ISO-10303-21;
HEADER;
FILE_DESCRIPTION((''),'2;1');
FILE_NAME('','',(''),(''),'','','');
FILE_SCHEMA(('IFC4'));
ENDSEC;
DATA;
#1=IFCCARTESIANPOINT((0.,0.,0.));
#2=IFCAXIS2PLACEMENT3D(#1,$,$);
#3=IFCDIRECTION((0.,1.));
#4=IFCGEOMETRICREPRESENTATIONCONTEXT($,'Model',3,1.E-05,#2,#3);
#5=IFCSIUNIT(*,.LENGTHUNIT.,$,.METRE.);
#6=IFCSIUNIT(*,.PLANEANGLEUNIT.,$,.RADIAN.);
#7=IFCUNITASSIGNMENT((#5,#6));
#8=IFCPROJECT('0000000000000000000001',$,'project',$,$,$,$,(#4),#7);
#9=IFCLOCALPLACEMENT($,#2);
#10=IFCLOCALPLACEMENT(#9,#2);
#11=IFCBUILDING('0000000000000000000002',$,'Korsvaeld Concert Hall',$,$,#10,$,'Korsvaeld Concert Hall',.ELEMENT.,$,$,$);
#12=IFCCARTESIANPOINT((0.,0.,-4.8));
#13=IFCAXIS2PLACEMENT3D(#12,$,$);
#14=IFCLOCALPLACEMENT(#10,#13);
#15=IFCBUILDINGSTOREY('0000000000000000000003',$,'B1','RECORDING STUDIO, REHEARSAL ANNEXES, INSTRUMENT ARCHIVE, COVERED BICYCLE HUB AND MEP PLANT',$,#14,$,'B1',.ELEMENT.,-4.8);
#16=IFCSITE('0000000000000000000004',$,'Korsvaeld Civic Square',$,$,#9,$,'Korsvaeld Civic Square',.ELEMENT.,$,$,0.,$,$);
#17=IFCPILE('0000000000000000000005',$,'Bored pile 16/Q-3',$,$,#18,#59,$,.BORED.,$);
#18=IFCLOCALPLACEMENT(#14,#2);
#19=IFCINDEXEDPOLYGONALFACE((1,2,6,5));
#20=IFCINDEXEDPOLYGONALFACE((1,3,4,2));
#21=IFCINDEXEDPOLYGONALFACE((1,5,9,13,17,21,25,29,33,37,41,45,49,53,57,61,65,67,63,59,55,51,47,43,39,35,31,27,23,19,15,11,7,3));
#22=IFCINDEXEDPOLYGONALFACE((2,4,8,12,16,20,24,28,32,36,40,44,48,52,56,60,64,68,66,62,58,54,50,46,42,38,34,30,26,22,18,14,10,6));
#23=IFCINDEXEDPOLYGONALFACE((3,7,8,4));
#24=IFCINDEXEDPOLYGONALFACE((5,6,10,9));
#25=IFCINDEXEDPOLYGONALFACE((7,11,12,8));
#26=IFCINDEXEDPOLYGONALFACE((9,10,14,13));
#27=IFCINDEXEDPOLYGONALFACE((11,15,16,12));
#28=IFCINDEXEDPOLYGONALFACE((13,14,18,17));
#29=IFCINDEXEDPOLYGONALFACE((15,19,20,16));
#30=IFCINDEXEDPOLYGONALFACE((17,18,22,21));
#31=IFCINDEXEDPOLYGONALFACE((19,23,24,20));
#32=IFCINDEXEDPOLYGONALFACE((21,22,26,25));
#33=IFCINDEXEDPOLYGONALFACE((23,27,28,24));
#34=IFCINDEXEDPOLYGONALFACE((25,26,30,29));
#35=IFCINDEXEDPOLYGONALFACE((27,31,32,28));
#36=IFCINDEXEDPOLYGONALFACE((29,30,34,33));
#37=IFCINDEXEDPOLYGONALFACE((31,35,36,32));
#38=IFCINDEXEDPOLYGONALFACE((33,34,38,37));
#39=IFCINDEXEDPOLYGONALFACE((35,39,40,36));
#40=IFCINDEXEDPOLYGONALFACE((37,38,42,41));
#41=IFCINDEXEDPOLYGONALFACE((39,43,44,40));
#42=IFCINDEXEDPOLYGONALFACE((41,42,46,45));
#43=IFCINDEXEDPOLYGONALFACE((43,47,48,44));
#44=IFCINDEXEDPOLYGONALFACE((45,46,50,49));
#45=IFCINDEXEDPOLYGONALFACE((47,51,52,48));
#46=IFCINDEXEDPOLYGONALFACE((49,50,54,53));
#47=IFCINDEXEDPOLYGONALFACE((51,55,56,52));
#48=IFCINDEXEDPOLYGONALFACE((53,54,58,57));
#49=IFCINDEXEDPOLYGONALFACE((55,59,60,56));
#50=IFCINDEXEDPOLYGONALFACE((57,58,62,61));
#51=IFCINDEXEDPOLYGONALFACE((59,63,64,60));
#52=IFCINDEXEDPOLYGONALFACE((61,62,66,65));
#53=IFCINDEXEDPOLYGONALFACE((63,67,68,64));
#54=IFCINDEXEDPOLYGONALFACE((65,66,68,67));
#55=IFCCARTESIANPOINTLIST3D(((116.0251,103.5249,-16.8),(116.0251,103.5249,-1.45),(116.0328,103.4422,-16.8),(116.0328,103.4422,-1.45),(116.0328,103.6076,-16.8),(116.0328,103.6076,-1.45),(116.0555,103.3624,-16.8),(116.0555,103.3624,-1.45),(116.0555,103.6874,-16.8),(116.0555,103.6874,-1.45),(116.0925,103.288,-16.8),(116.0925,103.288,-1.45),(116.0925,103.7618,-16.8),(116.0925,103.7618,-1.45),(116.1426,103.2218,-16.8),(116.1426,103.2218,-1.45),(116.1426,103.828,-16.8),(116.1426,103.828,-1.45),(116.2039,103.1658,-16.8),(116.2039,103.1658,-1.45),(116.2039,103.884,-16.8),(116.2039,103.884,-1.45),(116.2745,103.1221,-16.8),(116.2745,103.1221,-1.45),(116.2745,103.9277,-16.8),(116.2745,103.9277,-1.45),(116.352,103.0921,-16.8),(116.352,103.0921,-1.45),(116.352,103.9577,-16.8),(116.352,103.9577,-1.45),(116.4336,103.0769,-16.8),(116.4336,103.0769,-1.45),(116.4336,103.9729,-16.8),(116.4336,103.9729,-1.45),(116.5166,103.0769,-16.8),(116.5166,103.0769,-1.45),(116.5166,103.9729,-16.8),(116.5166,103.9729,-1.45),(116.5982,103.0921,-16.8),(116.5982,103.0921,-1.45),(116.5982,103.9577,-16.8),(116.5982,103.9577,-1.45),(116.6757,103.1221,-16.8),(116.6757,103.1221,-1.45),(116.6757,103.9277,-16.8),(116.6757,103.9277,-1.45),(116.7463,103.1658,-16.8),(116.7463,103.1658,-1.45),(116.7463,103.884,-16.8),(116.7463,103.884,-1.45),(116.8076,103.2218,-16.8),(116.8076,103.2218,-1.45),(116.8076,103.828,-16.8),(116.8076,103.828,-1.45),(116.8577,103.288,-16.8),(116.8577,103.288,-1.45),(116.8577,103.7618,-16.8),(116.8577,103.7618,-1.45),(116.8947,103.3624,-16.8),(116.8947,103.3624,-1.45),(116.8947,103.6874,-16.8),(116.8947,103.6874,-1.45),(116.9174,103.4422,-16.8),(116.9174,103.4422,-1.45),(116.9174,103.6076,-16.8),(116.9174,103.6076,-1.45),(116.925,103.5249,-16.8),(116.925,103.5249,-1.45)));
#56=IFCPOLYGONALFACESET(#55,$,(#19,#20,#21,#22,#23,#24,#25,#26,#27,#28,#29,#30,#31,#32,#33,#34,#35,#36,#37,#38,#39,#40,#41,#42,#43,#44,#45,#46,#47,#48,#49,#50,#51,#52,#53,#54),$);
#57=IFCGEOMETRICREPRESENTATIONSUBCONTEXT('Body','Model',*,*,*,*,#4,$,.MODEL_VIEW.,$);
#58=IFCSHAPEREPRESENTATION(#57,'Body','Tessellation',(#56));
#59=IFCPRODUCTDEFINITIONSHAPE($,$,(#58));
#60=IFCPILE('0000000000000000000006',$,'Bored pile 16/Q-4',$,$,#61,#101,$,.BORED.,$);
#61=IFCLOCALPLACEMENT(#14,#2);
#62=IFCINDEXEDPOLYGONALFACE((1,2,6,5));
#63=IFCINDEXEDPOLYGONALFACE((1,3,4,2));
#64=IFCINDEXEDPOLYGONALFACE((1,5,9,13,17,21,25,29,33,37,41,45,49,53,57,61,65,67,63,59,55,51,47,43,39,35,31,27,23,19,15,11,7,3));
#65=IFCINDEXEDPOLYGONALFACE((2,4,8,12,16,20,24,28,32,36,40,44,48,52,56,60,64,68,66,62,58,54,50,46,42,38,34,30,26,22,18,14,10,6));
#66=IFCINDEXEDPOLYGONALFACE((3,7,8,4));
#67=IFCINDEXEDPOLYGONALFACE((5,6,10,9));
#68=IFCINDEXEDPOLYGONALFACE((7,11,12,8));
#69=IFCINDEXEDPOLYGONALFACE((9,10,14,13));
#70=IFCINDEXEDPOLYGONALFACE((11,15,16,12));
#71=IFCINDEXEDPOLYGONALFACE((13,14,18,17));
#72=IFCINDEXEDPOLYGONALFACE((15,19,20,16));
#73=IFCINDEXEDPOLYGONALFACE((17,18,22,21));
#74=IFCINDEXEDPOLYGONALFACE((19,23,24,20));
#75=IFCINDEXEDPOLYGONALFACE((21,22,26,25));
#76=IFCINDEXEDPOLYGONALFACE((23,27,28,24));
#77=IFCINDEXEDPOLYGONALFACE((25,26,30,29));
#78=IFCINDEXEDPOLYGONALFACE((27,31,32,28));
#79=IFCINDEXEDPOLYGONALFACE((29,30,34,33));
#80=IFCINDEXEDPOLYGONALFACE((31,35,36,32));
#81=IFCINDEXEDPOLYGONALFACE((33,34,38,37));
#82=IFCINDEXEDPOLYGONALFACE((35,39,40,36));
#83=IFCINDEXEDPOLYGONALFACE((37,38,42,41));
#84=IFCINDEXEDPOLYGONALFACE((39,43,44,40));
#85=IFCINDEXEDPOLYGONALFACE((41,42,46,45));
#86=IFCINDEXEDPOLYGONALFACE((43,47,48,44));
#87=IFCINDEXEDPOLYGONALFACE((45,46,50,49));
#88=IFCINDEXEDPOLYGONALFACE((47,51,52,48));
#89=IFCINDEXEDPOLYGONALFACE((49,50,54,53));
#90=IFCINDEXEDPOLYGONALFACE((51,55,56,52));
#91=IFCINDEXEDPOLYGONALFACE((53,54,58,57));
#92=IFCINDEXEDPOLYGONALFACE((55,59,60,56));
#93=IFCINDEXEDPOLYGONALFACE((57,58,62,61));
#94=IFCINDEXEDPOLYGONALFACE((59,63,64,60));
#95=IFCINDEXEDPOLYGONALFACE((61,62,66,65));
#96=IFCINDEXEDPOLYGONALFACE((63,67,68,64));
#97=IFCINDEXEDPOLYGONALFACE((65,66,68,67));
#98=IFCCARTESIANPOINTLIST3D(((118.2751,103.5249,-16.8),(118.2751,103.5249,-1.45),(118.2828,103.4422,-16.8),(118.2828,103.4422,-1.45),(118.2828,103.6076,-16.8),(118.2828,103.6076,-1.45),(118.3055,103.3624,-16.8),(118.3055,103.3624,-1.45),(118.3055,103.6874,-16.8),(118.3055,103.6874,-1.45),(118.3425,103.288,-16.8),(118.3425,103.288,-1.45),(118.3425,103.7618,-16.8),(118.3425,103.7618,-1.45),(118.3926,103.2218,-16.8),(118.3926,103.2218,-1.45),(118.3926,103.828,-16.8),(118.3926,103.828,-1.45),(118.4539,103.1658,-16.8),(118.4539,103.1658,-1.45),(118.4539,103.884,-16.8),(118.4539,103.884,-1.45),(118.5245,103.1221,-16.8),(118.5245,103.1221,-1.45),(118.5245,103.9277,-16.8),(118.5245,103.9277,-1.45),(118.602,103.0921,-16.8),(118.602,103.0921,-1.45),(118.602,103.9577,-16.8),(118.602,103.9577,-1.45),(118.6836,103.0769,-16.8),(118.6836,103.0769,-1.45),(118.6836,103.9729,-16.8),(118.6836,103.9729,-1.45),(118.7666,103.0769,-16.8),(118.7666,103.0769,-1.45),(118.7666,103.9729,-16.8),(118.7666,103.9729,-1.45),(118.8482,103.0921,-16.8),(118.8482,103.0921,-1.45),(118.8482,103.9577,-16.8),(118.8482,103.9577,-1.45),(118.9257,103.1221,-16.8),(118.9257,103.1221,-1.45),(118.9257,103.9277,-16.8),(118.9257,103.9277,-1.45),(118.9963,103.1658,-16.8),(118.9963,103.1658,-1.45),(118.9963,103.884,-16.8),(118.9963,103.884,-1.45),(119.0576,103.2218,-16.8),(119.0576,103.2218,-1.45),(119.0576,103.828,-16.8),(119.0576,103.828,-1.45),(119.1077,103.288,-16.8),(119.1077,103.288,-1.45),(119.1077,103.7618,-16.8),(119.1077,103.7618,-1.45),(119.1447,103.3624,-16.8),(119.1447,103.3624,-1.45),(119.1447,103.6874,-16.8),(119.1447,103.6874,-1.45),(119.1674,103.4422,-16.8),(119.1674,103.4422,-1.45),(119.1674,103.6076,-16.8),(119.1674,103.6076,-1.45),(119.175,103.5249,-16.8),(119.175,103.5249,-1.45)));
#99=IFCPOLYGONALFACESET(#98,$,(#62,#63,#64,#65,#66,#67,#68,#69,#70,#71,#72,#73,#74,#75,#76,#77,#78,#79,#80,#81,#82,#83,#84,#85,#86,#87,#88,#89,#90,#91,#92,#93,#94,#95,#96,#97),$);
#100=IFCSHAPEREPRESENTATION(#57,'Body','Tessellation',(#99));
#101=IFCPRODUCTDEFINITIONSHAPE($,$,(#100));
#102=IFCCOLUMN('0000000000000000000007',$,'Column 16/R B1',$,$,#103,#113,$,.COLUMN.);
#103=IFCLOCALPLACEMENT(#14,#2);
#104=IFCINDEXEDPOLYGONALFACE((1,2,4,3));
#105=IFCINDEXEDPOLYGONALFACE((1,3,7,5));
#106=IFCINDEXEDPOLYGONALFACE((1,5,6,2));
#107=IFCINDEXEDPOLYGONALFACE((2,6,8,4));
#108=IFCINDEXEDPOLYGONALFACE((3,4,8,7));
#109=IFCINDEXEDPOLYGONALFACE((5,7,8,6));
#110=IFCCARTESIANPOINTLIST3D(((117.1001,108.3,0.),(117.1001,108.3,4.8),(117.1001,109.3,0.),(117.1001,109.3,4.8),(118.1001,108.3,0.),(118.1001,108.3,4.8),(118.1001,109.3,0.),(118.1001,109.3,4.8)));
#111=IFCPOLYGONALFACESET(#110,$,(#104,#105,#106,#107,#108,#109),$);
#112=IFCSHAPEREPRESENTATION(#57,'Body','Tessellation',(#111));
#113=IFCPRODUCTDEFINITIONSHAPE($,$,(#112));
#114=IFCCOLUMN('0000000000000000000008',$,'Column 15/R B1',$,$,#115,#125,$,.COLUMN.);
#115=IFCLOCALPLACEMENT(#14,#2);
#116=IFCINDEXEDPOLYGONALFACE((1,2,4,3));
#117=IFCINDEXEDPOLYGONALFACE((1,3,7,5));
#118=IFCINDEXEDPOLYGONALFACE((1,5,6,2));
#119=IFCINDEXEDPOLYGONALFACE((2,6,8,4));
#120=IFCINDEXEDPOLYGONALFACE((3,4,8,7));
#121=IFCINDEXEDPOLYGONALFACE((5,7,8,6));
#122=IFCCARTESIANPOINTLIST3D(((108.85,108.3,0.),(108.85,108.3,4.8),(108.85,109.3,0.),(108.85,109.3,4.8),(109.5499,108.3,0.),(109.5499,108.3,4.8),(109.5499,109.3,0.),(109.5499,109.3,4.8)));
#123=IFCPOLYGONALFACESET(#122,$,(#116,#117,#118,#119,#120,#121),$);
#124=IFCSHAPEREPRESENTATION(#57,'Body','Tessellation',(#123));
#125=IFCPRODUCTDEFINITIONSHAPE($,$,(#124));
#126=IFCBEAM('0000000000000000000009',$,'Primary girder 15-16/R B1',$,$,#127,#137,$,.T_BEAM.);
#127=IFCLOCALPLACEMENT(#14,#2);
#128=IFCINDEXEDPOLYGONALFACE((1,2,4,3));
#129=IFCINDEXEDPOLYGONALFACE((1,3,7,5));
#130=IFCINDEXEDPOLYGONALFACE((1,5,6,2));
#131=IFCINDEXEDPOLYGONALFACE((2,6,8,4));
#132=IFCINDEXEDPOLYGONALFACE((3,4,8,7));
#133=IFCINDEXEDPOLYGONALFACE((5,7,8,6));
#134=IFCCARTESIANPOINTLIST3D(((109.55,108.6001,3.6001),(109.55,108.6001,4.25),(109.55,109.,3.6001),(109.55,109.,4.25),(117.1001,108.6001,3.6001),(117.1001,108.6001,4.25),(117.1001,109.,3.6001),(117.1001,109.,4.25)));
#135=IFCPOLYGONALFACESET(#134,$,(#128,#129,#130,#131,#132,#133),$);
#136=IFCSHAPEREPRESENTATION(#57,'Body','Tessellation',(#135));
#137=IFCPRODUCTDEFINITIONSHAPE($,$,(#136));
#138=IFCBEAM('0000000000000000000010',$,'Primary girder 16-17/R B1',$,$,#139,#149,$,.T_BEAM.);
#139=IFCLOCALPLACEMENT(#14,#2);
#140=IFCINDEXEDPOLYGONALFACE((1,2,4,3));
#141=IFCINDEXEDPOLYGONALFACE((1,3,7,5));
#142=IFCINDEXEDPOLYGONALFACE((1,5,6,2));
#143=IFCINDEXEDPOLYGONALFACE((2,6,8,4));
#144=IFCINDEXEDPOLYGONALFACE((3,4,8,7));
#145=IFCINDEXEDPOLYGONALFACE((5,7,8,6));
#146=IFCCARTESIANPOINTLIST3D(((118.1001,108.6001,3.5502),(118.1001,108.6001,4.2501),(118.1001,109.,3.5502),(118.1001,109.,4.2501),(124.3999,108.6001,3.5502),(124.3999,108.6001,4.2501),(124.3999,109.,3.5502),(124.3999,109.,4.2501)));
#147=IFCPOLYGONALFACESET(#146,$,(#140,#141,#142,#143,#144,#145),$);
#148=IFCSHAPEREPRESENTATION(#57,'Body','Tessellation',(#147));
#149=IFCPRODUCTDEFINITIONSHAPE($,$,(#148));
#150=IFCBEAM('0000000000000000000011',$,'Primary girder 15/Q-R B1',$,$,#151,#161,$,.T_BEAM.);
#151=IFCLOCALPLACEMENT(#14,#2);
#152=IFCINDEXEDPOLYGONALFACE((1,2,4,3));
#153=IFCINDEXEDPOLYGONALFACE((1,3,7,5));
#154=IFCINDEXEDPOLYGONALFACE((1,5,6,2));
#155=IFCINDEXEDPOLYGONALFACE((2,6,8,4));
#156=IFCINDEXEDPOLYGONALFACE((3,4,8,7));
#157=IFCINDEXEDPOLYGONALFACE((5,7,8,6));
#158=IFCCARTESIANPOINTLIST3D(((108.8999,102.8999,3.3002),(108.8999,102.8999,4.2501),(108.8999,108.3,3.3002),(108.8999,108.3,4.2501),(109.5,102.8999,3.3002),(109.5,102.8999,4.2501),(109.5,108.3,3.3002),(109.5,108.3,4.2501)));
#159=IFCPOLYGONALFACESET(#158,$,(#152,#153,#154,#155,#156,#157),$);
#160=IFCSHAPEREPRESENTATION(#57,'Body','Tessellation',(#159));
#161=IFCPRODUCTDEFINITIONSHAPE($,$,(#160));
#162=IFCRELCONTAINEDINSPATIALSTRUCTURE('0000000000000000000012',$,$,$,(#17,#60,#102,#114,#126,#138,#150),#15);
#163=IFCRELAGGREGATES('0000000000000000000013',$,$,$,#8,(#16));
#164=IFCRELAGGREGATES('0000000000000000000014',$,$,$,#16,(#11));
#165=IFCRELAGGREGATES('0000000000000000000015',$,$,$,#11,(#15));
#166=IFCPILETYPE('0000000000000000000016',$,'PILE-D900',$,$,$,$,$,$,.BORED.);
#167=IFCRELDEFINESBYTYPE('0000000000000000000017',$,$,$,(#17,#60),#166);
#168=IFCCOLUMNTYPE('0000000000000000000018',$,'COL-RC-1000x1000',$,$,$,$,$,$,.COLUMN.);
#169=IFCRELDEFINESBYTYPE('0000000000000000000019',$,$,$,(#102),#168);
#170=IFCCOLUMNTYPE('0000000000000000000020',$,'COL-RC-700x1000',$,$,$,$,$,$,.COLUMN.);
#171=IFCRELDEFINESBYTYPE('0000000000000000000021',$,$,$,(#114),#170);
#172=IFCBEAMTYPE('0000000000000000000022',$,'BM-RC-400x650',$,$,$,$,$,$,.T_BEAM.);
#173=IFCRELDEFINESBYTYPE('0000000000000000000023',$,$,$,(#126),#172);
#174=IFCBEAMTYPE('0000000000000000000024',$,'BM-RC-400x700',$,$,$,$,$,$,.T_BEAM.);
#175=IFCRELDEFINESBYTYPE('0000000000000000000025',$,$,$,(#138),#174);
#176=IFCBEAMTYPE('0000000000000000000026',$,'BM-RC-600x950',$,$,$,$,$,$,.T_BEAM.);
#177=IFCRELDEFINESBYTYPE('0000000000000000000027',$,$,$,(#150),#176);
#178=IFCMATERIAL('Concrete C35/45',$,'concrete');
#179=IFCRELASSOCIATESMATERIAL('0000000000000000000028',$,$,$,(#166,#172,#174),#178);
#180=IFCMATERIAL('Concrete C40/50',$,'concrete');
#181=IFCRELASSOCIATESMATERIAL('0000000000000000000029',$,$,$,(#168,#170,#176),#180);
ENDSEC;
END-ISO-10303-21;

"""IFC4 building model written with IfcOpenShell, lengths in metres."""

from ifc_helpers import new_model, si_unit, direction, frame, origin, origin_2d, place, context, subcontext, project, spatial, rectangle, circle, extrude, material, material_profile, profile_set, type_object, element, save


model = new_model("IFC4")

# Units and contexts
model_context = context("Model", 3, precision=1e-05, world=origin(), true_north=direction((0.0, 1.0)))
body_context = subcontext(model_context, "Body", "Model", "MODEL_VIEW")
ifc_project = project(units=[si_unit("LENGTHUNIT", "METRE"), si_unit("PLANEANGLEUNIT", "RADIAN")], contexts=[model_context])

# Site, building, storey
site_placement = place(None, origin())
site = spatial("IfcSite", under=ifc_project, at=site_placement, Name="Korsvaeld Civic Square", LongName="Korsvaeld Civic Square", CompositionType="ELEMENT", RefElevation=0.0)
building_placement = place(site_placement, origin())
building = spatial("IfcBuilding", under=site, at=building_placement, Name="Korsvaeld Concert Hall", LongName="Korsvaeld Concert Hall", CompositionType="ELEMENT")
storey_placement = place(building_placement, frame((0.0, 0.0, -4.8)))
storey = spatial("IfcBuildingStorey", under=building, at=storey_placement, Name="B1", Description="RECORDING STUDIO, REHEARSAL ANNEXES, INSTRUMENT ARCHIVE, COVERED BICYCLE HUB AND MEP PLANT", LongName="B1", CompositionType="ELEMENT", Elevation=-4.8)

# Shared definitions
ifc_material_1 = material(Name="Concrete C35/45", Category="concrete")

# Piles
ifc_material_2 = material(Name="Concrete C40/50", Category="concrete")
ifc_material_profile_1 = material_profile(ifc_material_1, circle(Radius=0.45, at=origin_2d()), Name="BORED PILE D900")
ifc_profile_set_1 = profile_set([ifc_material_profile_1], Name="Concrete C35/45")
pile_type_1 = type_object("IfcPileType", Name="PILE-D900", PredefinedType="BORED", material=ifc_profile_set_1)
for number, where, z_axis, x_axis, name in (
    (1, (116.4751, 103.5249, -1.45), (0.0, 0.0, -1.0), (1.0, 0.0, 0.0), "Bored pile 16/Q-3"),
    (2, (118.7251, 103.5249, -1.45), (0.0, 0.0, -1.0), (1.0, 0.0, 0.0), "Bored pile 16/Q-4"),
):
    element("IfcPile", number, at=place(storey_placement, frame(where, z_axis=z_axis, x_axis=x_axis)), inside=storey, type_object=pile_type_1, Name=name, PredefinedType="BORED", context=body_context, shape_type="SweptSolid", body=[
        extrude(circle(Radius=0.45, at=origin_2d()), origin(), (0.0, 0.0, 1.0), 15.3501),
    ])

# Columns
ifc_material_profile_2 = material_profile(ifc_material_2, rectangle(XDim=1.0, YDim=1.0, at=origin_2d()), Name="RC 1000x1000")
ifc_profile_set_2 = profile_set([ifc_material_profile_2], Name="Concrete C40/50")
column_type_1 = type_object("IfcColumnType", Name="COL-RC-1000x1000", PredefinedType="COLUMN", material=ifc_profile_set_2)
column_1_placement = place(storey_placement, frame((117.6001, 108.8, 0.0), z_axis=(0.0, 0.0, 1.0), x_axis=(1.0, 0.0, 0.0)))
element("IfcColumn", 3, at=column_1_placement, inside=storey, type_object=column_type_1, Name="Column 16/R B1", PredefinedType="COLUMN", context=body_context, shape_type="SweptSolid", body=[
    extrude(rectangle(XDim=1.0, YDim=1.0, at=origin_2d()), origin(), (0.0, 0.0, 1.0), 4.8),
])
ifc_material_profile_3 = material_profile(ifc_material_2, rectangle(XDim=0.7, YDim=1.0, at=origin_2d()), Name="RC 700x1000")
ifc_profile_set_3 = profile_set([ifc_material_profile_3], Name="Concrete C40/50")
column_type_2 = type_object("IfcColumnType", Name="COL-RC-700x1000", PredefinedType="COLUMN", material=ifc_profile_set_3)
column_2_placement = place(storey_placement, frame((109.2, 108.8, 0.0), z_axis=(0.0, 0.0, 1.0), x_axis=(1.0, 0.0, 0.0)))
element("IfcColumn", 4, at=column_2_placement, inside=storey, type_object=column_type_2, Name="Column 15/R B1", PredefinedType="COLUMN", context=body_context, shape_type="SweptSolid", body=[
    extrude(rectangle(XDim=0.7, YDim=1.0, at=origin_2d()), origin(), (0.0, 0.0, 1.0), 4.8),
])

# Beams
ifc_material_profile_4 = material_profile(ifc_material_1, rectangle(XDim=0.3999, YDim=0.6499, at=origin_2d()), Name="RC 400x650")
ifc_profile_set_4 = profile_set([ifc_material_profile_4], Name="Concrete C35/45")
beam_type_1 = type_object("IfcBeamType", Name="BM-RC-400x650", PredefinedType="T_BEAM", material=ifc_profile_set_4)
beam_1_placement = place(storey_placement, frame((109.55, 108.8, 3.925), z_axis=(1.0, 0.0, 0.0), x_axis=(0.0, 1.0, 0.0)))
element("IfcBeam", 5, at=beam_1_placement, inside=storey, type_object=beam_type_1, Name="Primary girder 15-16/R B1", PredefinedType="T_BEAM", context=body_context, shape_type="SweptSolid", body=[
    extrude(rectangle(XDim=0.3999, YDim=0.6499, at=origin_2d()), origin(), (0.0, 0.0, 1.0), 7.55),
])
ifc_material_profile_5 = material_profile(ifc_material_1, rectangle(XDim=0.3999, YDim=0.7, at=origin_2d()), Name="RC 400x700")
ifc_profile_set_5 = profile_set([ifc_material_profile_5], Name="Concrete C35/45")
beam_type_2 = type_object("IfcBeamType", Name="BM-RC-400x700", PredefinedType="T_BEAM", material=ifc_profile_set_5)
beam_2_placement = place(storey_placement, frame((118.1001, 108.8, 3.9001), z_axis=(1.0, 0.0, 0.0), x_axis=(0.0, 1.0, 0.0)))
element("IfcBeam", 6, at=beam_2_placement, inside=storey, type_object=beam_type_2, Name="Primary girder 16-17/R B1", PredefinedType="T_BEAM", context=body_context, shape_type="SweptSolid", body=[
    extrude(rectangle(XDim=0.3999, YDim=0.7, at=origin_2d()), origin(), (0.0, 0.0, 1.0), 6.2998),
])
ifc_material_profile_6 = material_profile(ifc_material_2, rectangle(XDim=0.6001, YDim=0.95, at=origin_2d()), Name="RC 600x950")
ifc_profile_set_6 = profile_set([ifc_material_profile_6], Name="Concrete C40/50")
beam_type_3 = type_object("IfcBeamType", Name="BM-RC-600x950", PredefinedType="T_BEAM", material=ifc_profile_set_6)
beam_3_placement = place(storey_placement, frame((109.2, 102.8999, 3.7751), z_axis=(0.0, 1.0, 0.0), x_axis=(-1.0, 0.0, 0.0)))
element("IfcBeam", 7, at=beam_3_placement, inside=storey, type_object=beam_type_3, Name="Primary girder 15/Q-R B1", PredefinedType="T_BEAM", context=body_context, shape_type="SweptSolid", body=[
    extrude(rectangle(XDim=0.6001, YDim=0.95, at=origin_2d()), origin(), (0.0, 0.0, 1.0), 5.4001),
])

save(model, "model.ifc")
